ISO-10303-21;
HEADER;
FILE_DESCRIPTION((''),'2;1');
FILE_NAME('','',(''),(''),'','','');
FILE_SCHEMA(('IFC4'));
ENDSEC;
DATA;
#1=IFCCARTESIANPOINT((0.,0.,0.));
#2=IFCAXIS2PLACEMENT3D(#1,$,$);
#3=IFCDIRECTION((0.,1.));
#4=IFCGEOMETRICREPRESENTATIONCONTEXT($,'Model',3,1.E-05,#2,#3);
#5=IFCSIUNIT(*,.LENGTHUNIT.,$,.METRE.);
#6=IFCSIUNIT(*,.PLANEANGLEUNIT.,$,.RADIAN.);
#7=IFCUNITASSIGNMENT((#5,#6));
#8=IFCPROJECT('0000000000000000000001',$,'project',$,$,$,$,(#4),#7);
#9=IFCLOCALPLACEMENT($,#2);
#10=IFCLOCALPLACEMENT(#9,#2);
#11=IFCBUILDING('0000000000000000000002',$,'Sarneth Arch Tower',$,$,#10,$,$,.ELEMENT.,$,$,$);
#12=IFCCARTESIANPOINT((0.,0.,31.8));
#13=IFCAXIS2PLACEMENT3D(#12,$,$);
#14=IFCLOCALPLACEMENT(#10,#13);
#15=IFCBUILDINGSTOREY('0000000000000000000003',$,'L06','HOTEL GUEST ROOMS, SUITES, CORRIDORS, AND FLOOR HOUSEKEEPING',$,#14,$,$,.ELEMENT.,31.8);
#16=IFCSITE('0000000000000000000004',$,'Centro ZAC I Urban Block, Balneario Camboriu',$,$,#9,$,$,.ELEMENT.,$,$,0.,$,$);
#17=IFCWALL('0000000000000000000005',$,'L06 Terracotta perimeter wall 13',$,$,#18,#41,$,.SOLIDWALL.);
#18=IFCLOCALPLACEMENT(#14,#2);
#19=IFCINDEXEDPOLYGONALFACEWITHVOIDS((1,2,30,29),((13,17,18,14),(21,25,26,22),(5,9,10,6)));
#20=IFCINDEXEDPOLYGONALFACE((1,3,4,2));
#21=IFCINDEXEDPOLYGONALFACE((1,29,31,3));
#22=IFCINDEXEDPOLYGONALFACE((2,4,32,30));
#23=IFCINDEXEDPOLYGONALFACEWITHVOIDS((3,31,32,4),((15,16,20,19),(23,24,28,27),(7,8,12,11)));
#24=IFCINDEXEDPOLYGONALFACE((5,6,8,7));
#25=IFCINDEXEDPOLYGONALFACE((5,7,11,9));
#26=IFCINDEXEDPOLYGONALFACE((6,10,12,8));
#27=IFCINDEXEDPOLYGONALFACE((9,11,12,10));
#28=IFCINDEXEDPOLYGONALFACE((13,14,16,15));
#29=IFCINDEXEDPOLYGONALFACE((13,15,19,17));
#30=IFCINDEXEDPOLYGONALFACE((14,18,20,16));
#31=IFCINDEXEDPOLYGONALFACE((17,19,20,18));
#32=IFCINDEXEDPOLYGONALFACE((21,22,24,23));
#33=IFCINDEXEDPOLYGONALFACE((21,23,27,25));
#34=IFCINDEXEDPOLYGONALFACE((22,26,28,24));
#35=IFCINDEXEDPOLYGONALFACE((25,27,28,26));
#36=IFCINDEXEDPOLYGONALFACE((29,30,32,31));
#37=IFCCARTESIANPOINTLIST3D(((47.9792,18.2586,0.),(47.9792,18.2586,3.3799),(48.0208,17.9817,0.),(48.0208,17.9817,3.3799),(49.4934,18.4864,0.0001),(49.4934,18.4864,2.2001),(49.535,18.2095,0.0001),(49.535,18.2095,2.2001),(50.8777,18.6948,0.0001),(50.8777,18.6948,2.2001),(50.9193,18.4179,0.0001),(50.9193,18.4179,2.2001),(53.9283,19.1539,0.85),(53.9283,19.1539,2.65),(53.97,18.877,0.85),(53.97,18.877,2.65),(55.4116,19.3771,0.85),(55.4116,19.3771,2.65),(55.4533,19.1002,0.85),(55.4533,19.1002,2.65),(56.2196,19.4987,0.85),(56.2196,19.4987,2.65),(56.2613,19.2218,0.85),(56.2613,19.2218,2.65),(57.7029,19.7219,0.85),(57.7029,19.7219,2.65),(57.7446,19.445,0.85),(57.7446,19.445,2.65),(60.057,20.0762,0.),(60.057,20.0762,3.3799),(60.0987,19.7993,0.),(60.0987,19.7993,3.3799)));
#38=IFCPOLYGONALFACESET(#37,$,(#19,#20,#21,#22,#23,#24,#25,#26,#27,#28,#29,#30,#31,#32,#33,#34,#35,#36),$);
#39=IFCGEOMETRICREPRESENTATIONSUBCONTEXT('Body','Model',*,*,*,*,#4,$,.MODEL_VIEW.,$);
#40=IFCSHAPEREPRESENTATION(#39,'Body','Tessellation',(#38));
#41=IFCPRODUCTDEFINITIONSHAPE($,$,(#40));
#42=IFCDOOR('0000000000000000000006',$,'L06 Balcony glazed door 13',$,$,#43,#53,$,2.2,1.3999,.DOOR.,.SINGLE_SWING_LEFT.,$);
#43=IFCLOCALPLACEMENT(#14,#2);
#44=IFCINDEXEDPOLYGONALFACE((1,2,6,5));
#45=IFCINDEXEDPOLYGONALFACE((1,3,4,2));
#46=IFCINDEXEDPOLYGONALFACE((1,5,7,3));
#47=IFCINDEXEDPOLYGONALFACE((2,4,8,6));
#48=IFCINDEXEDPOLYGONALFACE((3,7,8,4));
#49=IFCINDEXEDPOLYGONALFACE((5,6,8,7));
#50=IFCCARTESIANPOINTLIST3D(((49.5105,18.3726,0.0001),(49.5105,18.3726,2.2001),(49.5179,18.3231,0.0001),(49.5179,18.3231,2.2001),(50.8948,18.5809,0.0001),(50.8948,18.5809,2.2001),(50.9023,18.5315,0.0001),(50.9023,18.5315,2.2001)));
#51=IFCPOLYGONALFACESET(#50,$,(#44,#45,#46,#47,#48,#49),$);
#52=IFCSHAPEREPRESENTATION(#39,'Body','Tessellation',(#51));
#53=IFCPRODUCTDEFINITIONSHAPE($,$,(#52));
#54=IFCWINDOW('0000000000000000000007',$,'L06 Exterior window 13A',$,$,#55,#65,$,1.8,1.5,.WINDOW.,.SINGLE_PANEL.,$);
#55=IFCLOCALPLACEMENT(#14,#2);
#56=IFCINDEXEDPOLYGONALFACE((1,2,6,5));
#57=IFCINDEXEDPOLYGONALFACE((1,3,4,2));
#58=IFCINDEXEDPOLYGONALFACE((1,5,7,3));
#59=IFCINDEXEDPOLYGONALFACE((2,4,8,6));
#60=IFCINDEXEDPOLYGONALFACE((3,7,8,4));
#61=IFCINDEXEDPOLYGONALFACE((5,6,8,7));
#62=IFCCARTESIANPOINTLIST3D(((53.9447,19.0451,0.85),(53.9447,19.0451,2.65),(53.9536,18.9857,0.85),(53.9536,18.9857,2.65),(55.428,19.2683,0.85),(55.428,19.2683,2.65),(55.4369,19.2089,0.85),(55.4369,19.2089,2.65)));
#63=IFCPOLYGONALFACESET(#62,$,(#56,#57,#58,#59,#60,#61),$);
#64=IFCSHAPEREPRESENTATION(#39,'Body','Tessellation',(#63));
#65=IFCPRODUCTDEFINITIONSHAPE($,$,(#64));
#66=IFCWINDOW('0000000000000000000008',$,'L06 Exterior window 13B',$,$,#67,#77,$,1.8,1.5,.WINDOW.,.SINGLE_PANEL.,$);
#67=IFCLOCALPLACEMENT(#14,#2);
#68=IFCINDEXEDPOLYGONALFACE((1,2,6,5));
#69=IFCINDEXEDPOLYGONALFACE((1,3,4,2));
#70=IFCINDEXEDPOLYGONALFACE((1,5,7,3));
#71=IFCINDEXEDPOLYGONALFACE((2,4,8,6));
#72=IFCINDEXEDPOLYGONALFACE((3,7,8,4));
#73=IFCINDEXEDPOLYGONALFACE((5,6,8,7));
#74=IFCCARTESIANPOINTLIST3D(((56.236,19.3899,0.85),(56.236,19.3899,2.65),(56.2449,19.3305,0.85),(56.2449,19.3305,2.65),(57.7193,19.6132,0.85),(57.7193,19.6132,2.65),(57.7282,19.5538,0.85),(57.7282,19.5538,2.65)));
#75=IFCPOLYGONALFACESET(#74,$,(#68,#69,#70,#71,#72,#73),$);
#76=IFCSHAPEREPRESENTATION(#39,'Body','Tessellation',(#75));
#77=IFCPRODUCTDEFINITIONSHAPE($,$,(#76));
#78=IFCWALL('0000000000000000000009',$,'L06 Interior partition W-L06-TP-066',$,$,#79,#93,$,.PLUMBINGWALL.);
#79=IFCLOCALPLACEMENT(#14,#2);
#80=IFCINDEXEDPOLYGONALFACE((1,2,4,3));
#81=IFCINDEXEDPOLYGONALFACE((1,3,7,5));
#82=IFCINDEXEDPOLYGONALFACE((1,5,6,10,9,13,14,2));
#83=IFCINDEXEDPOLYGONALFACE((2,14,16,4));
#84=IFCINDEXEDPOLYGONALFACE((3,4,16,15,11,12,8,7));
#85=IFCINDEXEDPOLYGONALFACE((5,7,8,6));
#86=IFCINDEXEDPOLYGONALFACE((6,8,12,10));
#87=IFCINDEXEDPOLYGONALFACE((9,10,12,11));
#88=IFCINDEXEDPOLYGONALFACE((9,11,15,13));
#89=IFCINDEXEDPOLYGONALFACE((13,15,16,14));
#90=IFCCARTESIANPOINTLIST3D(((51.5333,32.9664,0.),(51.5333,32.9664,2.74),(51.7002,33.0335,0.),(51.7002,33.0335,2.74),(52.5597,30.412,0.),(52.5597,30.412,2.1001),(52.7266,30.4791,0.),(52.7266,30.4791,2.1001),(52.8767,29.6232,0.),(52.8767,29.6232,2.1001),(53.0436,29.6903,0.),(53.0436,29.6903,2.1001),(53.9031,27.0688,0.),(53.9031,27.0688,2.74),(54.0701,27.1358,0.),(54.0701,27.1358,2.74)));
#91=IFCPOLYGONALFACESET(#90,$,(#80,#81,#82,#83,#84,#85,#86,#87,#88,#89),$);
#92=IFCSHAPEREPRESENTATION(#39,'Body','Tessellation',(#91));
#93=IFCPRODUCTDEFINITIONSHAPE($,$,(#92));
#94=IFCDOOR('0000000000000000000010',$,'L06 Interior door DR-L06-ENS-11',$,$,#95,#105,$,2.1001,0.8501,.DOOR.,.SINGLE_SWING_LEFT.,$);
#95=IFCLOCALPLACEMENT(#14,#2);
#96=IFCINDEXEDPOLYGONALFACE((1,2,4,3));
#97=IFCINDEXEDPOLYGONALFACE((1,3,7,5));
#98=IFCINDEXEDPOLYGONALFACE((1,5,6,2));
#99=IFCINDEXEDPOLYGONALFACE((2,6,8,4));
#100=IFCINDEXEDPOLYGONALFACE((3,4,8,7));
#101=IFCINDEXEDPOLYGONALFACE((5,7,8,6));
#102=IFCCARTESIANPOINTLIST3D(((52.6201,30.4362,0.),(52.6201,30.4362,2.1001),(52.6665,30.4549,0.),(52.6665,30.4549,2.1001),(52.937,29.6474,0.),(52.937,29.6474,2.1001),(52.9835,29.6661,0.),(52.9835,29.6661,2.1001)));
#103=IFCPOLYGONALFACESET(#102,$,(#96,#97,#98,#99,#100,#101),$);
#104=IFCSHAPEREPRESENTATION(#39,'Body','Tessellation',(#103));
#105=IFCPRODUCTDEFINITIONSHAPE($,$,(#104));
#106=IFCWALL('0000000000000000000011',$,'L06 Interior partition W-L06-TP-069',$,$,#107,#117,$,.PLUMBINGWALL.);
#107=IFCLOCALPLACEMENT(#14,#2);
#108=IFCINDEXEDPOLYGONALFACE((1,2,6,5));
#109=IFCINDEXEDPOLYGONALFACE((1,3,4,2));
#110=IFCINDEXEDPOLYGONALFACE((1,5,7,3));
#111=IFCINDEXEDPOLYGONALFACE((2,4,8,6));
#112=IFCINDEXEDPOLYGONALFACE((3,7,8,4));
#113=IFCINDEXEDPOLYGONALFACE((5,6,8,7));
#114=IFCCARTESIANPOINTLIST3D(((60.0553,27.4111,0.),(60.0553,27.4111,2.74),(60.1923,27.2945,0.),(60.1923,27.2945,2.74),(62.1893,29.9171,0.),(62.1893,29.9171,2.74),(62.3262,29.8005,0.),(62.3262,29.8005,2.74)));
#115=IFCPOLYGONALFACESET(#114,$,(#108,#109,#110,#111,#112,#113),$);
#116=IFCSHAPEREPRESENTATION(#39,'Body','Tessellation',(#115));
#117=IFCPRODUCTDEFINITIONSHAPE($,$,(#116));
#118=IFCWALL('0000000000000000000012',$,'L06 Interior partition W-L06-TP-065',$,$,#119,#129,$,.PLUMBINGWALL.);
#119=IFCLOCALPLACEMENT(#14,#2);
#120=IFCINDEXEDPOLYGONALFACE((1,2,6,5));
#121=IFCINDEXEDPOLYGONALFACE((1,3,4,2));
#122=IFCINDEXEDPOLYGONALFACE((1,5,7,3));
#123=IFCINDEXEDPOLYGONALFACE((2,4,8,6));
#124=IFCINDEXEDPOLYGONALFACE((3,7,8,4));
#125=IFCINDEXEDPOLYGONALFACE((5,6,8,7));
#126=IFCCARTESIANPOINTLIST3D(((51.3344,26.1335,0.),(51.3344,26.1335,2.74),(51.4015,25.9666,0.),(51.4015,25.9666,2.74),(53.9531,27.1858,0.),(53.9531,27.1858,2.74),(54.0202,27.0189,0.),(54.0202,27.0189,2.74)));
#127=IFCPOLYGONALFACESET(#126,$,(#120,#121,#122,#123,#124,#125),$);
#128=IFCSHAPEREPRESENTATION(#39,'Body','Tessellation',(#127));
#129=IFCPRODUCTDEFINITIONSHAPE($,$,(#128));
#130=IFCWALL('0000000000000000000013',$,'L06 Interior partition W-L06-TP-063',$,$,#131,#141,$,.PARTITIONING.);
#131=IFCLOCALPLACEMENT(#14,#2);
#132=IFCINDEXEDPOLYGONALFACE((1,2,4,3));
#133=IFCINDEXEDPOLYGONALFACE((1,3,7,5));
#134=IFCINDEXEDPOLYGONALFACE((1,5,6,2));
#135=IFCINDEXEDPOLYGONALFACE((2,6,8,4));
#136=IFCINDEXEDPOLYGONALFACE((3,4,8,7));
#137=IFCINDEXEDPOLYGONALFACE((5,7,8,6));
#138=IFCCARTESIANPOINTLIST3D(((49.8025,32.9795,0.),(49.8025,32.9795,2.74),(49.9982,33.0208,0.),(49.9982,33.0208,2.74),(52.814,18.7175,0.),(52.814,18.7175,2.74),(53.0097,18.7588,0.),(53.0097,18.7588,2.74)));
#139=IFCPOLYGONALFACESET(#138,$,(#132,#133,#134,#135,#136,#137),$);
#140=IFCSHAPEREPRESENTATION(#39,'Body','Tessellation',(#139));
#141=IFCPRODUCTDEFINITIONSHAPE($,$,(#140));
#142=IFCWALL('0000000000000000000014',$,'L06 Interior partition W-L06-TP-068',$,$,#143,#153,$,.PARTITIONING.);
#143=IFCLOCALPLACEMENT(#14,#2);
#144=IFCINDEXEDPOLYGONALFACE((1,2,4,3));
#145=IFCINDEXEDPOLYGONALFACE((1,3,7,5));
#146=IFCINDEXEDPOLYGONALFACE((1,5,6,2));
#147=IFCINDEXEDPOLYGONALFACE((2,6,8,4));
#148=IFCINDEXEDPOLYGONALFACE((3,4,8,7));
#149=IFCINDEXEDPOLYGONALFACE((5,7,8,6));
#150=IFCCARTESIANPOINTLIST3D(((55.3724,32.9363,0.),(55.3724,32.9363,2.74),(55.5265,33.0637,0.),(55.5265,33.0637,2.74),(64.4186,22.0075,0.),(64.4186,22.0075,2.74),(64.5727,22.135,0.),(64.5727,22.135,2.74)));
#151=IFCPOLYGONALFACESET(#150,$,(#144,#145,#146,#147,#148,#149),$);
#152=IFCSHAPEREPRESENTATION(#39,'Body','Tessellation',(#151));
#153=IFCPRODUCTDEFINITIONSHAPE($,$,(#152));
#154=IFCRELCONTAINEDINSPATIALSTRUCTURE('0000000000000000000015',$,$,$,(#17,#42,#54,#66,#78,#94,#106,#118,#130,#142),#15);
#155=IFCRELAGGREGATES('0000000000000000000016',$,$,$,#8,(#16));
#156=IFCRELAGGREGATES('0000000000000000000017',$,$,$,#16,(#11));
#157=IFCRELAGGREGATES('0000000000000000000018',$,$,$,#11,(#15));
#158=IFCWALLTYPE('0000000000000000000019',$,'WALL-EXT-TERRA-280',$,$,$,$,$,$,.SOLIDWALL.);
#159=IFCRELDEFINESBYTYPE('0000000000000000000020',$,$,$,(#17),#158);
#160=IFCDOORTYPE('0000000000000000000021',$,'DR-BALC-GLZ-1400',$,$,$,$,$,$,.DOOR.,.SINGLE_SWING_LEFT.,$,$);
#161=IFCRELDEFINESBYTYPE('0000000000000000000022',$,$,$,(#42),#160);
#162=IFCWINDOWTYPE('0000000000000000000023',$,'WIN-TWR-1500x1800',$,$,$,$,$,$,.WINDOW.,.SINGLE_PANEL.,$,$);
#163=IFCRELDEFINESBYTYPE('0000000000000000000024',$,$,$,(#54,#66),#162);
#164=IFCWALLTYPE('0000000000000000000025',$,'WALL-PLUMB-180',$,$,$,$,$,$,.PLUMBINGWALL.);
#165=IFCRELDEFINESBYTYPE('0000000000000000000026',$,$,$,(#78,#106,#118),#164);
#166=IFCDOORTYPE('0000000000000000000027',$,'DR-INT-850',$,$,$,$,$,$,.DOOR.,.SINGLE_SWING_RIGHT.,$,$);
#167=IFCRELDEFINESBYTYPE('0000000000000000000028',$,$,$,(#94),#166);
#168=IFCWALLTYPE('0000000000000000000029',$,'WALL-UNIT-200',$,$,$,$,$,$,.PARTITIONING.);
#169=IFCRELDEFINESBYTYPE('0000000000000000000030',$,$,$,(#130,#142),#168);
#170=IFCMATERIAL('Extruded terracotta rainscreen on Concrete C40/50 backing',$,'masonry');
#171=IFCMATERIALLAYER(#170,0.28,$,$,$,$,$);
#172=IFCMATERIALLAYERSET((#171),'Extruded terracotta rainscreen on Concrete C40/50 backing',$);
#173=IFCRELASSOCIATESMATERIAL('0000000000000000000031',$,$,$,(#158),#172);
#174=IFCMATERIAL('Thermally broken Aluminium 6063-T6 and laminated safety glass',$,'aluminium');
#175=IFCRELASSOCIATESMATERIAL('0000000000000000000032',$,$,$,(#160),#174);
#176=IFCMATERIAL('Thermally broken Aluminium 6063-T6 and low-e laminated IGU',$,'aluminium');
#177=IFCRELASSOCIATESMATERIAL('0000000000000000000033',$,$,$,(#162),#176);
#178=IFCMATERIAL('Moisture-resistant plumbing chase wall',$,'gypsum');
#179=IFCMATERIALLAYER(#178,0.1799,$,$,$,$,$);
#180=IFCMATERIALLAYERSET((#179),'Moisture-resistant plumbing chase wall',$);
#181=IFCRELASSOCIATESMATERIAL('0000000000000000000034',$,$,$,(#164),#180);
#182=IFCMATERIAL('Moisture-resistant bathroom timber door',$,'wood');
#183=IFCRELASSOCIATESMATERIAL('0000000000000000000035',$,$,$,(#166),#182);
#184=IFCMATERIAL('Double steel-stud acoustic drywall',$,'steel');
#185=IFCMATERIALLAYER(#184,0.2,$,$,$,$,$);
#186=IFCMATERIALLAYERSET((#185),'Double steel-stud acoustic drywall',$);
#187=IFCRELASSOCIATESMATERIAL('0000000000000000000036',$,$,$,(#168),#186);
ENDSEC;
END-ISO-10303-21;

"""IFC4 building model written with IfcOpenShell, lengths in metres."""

from ifc_helpers import new_model, si_unit, direction, frame, frame_2d, origin, place, context, subcontext, project, spatial, rectangle, extrude, material, layer, layer_set, type_object, element, fill, save


model = new_model("IFC4")

# Units and contexts
model_context = context("Model", 3, precision=1e-05, world=origin(), true_north=direction((0.0, 1.0)))
body_context = subcontext(model_context, "Body", "Model", "MODEL_VIEW")
ifc_project = project(units=[si_unit("LENGTHUNIT", "METRE"), si_unit("PLANEANGLEUNIT", "RADIAN")], contexts=[model_context])

# Site, building, storey
site_placement = place(None, origin())
site = spatial("IfcSite", under=ifc_project, at=site_placement, Name="Centro ZAC I Urban Block, Balneario Camboriu", CompositionType="ELEMENT", RefElevation=0.0)
building_placement = place(site_placement, origin())
building = spatial("IfcBuilding", under=site, at=building_placement, Name="Sarneth Arch Tower", CompositionType="ELEMENT")
storey_placement = place(building_placement, frame((0.0, 0.0, 31.8)))
storey = spatial("IfcBuildingStorey", under=building, at=storey_placement, Name="L06", Description="HOTEL GUEST ROOMS, SUITES, CORRIDORS, AND FLOOR HOUSEKEEPING", CompositionType="ELEMENT", Elevation=31.8)

# Wall, openings, door, windows
ifc_material_1 = material(Name="Extruded terracotta rainscreen on Concrete C40/50 backing", Category="masonry")
ifc_layer_1 = layer(ifc_material_1, 0.28)
ifc_layer_set_1 = layer_set([ifc_layer_1], Name="Extruded terracotta rainscreen on Concrete C40/50 backing")
wall_type_1 = type_object("IfcWallType", Name="WALL-EXT-TERRA-280", PredefinedType="SOLIDWALL", material=ifc_layer_set_1)
wall_1_placement = place(storey_placement, frame((48.0, 18.1201, 0.0), z_axis=(0.0, 0.0, 1.0), x_axis=(0.988865, 0.148816, 0.0)))
wall_1 = element("IfcWall", 1, at=wall_1_placement, inside=storey, type_object=wall_type_1, Name="L06 Terracotta perimeter wall 13", PredefinedType="SOLIDWALL", context=body_context, shape_type="SweptSolid", body=[
    extrude(rectangle(XDim=12.2139, YDim=0.28, at=frame_2d((6.1069, 0.0))), origin(), (0.0, 0.0, 1.0), 3.3799),
])
opening_1_placement = place(wall_1_placement, frame((1.5312, 0.0, 0.0)))
opening_1 = element("IfcOpeningElement", 2, at=opening_1_placement, cuts=wall_1, PredefinedType="OPENING", context=body_context, shape_type="SweptSolid", body=[
    extrude(rectangle(XDim=1.3999, YDim=2.2, at=frame_2d((0.7, 1.1001))), frame((0.0, 0.1499, 0.0), z_axis=(0.0, -1.0, 0.0), x_axis=(1.0, 0.0, 0.0)), (0.0, 0.0, 1.0), 0.3),
])
opening_2_placement = place(wall_1_placement, frame((6.0161, 0.0, 0.8501)))
opening_2 = element("IfcOpeningElement", 3, at=opening_2_placement, cuts=wall_1, PredefinedType="OPENING", context=body_context, shape_type="SweptSolid", body=[
    extrude(rectangle(XDim=1.5, YDim=1.8, at=frame_2d((0.75, 0.8999))), frame((0.0, 0.1499, 0.0), z_axis=(0.0, -1.0, 0.0), x_axis=(1.0, 0.0, 0.0)), (0.0, 0.0, 1.0), 0.3),
])
opening_3_placement = place(wall_1_placement, frame((8.3333, 0.0, 0.8501)))
opening_3 = element("IfcOpeningElement", 4, at=opening_3_placement, cuts=wall_1, PredefinedType="OPENING", context=body_context, shape_type="SweptSolid", body=[
    extrude(rectangle(XDim=1.5, YDim=1.8, at=frame_2d((0.75, 0.8999))), frame((0.0, 0.1499, 0.0), z_axis=(0.0, -1.0, 0.0), x_axis=(1.0, 0.0, 0.0)), (0.0, 0.0, 1.0), 0.3),
])
ifc_material_2 = material(Name="Thermally broken Aluminium 6063-T6 and laminated safety glass", Category="aluminium")
door_type_1 = type_object("IfcDoorType", Name="DR-BALC-GLZ-1400", OperationType="SINGLE_SWING_LEFT", PredefinedType="DOOR", material=ifc_material_2)
door_1_placement = place(opening_1_placement, origin())
door_1 = element("IfcDoor", 5, at=door_1_placement, inside=storey, type_object=door_type_1, Name="L06 Balcony glazed door 13", OperationType="SINGLE_SWING_LEFT", OverallHeight=2.2, OverallWidth=1.3999, PredefinedType="DOOR", context=body_context, shape_type="SweptSolid", body=[
    extrude(rectangle(XDim=1.3999, YDim=2.2, at=frame_2d((0.7, 1.1001))), frame((0.0, 0.0249, 0.0), z_axis=(0.0, -1.0, 0.0), x_axis=(1.0, 0.0, 0.0)), (0.0, 0.0, 1.0), 0.05),
])
fill(opening_1, door_1)
ifc_material_3 = material(Name="Thermally broken Aluminium 6063-T6 and low-e laminated IGU", Category="aluminium")
window_type = type_object("IfcWindowType", Name="WIN-TWR-1500x1800", PartitioningType="SINGLE_PANEL", PredefinedType="WINDOW", material=ifc_material_3)
window_1_placement = place(opening_2_placement, origin())
window_1 = element("IfcWindow", 6, at=window_1_placement, inside=storey, type_object=window_type, Name="L06 Exterior window 13A", OverallHeight=1.8, OverallWidth=1.5, PartitioningType="SINGLE_PANEL", PredefinedType="WINDOW", context=body_context, shape_type="SweptSolid", body=[
    extrude(rectangle(XDim=1.5, YDim=1.8, at=frame_2d((0.75, 0.8999))), frame((0.0, 0.03, 0.0), z_axis=(0.0, -1.0, 0.0), x_axis=(1.0, 0.0, 0.0)), (0.0, 0.0, 1.0), 0.0601),
])
fill(opening_2, window_1)
window_2_placement = place(opening_3_placement, origin())
window_2 = element("IfcWindow", 7, at=window_2_placement, inside=storey, type_object=window_type, Name="L06 Exterior window 13B", OverallHeight=1.8, OverallWidth=1.5, PartitioningType="SINGLE_PANEL", PredefinedType="WINDOW", context=body_context, shape_type="SweptSolid", body=[
    extrude(rectangle(XDim=1.5, YDim=1.8, at=frame_2d((0.75, 0.8999))), frame((0.0, 0.03, 0.0), z_axis=(0.0, -1.0, 0.0), x_axis=(1.0, 0.0, 0.0)), (0.0, 0.0, 1.0), 0.0601),
])
fill(opening_3, window_2)

# Wall, opening, door
ifc_material_4 = material(Name="Moisture-resistant plumbing chase wall", Category="gypsum")
ifc_layer_2 = layer(ifc_material_4, 0.1799)
ifc_layer_set_2 = layer_set([ifc_layer_2], Name="Moisture-resistant plumbing chase wall")
wall_type_2 = type_object("IfcWallType", Name="WALL-PLUMB-180", PredefinedType="PLUMBINGWALL", material=ifc_layer_set_2)
wall_2_placement = place(storey_placement, frame((53.9866, 27.1023, 0.0), z_axis=(0.0, 0.0, 1.0), x_axis=(-0.372854, 0.92789, 0.0)))
wall_2 = element("IfcWall", 8, at=wall_2_placement, inside=storey, type_object=wall_type_2, Name="L06 Interior partition W-L06-TP-066", PredefinedType="PLUMBINGWALL", context=body_context, shape_type="SweptSolid", body=[
    extrude(rectangle(XDim=6.356, YDim=0.1799, at=frame_2d((3.178, 0.0))), origin(), (0.0, 0.0, 1.0), 2.74),
])
opening_4_placement = place(wall_2_placement, frame((2.7529, 0.0, 0.0)))
opening_4 = element("IfcOpeningElement", 9, at=opening_4_placement, cuts=wall_2, PredefinedType="OPENING", context=body_context, shape_type="SweptSolid", body=[
    extrude(rectangle(XDim=0.8501, YDim=2.1001, at=frame_2d((0.425, 1.05))), frame((0.0, 0.0999, 0.0), z_axis=(0.0, -1.0, 0.0), x_axis=(1.0, 0.0, 0.0)), (0.0, 0.0, 1.0), 0.2),
])
ifc_material_5 = material(Name="Moisture-resistant bathroom timber door", Category="wood")
door_type_2 = type_object("IfcDoorType", Name="DR-INT-850", OperationType="SINGLE_SWING_RIGHT", PredefinedType="DOOR", material=ifc_material_5)
door_2_placement = place(opening_4_placement, origin())
door_2 = element("IfcDoor", 10, at=door_2_placement, inside=storey, type_object=door_type_2, Name="L06 Interior door DR-L06-ENS-11", OperationType="SINGLE_SWING_LEFT", OverallHeight=2.1001, OverallWidth=0.8501, PredefinedType="DOOR", context=body_context, shape_type="SweptSolid", body=[
    extrude(rectangle(XDim=0.8501, YDim=2.1001, at=frame_2d((0.425, 1.05))), frame((0.0, 0.0249, 0.0), z_axis=(0.0, -1.0, 0.0), x_axis=(1.0, 0.0, 0.0)), (0.0, 0.0, 1.0), 0.05),
])
fill(opening_4, door_2)

# Walls
wall_3_placement = place(storey_placement, frame((60.1238, 27.3528, 0.0), z_axis=(0.0, 0.0, 1.0), x_axis=(0.648326, 0.761363, 0.0)))
element("IfcWall", 11, at=wall_3_placement, inside=storey, type_object=wall_type_2, Name="L06 Interior partition W-L06-TP-069", PredefinedType="PLUMBINGWALL", context=body_context, shape_type="SweptSolid", body=[
    extrude(rectangle(XDim=3.2915, YDim=0.1799, at=frame_2d((1.6458, 0.0))), origin(), (0.0, 0.0, 1.0), 2.74),
])
wall_4_placement = place(storey_placement, frame((51.3679, 26.05, 0.0), z_axis=(0.0, 0.0, 1.0), x_axis=(0.927891, 0.372852, 0.0)))
element("IfcWall", 12, at=wall_4_placement, inside=storey, type_object=wall_type_2, Name="L06 Interior partition W-L06-TP-065", PredefinedType="PLUMBINGWALL", context=body_context, shape_type="SweptSolid", body=[
    extrude(rectangle(XDim=2.8223, YDim=0.1799, at=frame_2d((1.4111, 0.0))), origin(), (0.0, 0.0, 1.0), 2.74),
])
ifc_material_6 = material(Name="Double steel-stud acoustic drywall", Category="steel")
ifc_layer_3 = layer(ifc_material_6, 0.2)
ifc_layer_set_3 = layer_set([ifc_layer_3], Name="Double steel-stud acoustic drywall")
wall_type_3 = type_object("IfcWallType", Name="WALL-UNIT-200", PredefinedType="PARTITIONING", material=ifc_layer_set_3)
wall_5_placement = place(storey_placement, frame((49.9004, 33.0, 0.0), z_axis=(0.0, 0.0, 1.0), x_axis=(0.206599, -0.978426, 0.0)))
element("IfcWall", 13, at=wall_5_placement, inside=storey, type_object=wall_type_3, Name="L06 Interior partition W-L06-TP-063", PredefinedType="PARTITIONING", context=body_context, shape_type="SweptSolid", body=[
    extrude(rectangle(XDim=14.5764, YDim=0.2, at=frame_2d((7.2881, 0.0))), origin(), (0.0, 0.0, 1.0), 2.74),
])
wall_6_placement = place(storey_placement, frame((55.4495, 33.0, 0.0), z_axis=(0.0, 0.0, 1.0), x_axis=(0.637639, -0.770336, 0.0)))
element("IfcWall", 14, at=wall_6_placement, inside=storey, type_object=wall_type_3, Name="L06 Interior partition W-L06-TP-068", PredefinedType="PARTITIONING", context=body_context, shape_type="SweptSolid", body=[
    extrude(rectangle(XDim=14.187, YDim=0.2, at=frame_2d((7.0935, 0.0))), origin(), (0.0, 0.0, 1.0), 2.74),
])

save(model, "model.ifc")
